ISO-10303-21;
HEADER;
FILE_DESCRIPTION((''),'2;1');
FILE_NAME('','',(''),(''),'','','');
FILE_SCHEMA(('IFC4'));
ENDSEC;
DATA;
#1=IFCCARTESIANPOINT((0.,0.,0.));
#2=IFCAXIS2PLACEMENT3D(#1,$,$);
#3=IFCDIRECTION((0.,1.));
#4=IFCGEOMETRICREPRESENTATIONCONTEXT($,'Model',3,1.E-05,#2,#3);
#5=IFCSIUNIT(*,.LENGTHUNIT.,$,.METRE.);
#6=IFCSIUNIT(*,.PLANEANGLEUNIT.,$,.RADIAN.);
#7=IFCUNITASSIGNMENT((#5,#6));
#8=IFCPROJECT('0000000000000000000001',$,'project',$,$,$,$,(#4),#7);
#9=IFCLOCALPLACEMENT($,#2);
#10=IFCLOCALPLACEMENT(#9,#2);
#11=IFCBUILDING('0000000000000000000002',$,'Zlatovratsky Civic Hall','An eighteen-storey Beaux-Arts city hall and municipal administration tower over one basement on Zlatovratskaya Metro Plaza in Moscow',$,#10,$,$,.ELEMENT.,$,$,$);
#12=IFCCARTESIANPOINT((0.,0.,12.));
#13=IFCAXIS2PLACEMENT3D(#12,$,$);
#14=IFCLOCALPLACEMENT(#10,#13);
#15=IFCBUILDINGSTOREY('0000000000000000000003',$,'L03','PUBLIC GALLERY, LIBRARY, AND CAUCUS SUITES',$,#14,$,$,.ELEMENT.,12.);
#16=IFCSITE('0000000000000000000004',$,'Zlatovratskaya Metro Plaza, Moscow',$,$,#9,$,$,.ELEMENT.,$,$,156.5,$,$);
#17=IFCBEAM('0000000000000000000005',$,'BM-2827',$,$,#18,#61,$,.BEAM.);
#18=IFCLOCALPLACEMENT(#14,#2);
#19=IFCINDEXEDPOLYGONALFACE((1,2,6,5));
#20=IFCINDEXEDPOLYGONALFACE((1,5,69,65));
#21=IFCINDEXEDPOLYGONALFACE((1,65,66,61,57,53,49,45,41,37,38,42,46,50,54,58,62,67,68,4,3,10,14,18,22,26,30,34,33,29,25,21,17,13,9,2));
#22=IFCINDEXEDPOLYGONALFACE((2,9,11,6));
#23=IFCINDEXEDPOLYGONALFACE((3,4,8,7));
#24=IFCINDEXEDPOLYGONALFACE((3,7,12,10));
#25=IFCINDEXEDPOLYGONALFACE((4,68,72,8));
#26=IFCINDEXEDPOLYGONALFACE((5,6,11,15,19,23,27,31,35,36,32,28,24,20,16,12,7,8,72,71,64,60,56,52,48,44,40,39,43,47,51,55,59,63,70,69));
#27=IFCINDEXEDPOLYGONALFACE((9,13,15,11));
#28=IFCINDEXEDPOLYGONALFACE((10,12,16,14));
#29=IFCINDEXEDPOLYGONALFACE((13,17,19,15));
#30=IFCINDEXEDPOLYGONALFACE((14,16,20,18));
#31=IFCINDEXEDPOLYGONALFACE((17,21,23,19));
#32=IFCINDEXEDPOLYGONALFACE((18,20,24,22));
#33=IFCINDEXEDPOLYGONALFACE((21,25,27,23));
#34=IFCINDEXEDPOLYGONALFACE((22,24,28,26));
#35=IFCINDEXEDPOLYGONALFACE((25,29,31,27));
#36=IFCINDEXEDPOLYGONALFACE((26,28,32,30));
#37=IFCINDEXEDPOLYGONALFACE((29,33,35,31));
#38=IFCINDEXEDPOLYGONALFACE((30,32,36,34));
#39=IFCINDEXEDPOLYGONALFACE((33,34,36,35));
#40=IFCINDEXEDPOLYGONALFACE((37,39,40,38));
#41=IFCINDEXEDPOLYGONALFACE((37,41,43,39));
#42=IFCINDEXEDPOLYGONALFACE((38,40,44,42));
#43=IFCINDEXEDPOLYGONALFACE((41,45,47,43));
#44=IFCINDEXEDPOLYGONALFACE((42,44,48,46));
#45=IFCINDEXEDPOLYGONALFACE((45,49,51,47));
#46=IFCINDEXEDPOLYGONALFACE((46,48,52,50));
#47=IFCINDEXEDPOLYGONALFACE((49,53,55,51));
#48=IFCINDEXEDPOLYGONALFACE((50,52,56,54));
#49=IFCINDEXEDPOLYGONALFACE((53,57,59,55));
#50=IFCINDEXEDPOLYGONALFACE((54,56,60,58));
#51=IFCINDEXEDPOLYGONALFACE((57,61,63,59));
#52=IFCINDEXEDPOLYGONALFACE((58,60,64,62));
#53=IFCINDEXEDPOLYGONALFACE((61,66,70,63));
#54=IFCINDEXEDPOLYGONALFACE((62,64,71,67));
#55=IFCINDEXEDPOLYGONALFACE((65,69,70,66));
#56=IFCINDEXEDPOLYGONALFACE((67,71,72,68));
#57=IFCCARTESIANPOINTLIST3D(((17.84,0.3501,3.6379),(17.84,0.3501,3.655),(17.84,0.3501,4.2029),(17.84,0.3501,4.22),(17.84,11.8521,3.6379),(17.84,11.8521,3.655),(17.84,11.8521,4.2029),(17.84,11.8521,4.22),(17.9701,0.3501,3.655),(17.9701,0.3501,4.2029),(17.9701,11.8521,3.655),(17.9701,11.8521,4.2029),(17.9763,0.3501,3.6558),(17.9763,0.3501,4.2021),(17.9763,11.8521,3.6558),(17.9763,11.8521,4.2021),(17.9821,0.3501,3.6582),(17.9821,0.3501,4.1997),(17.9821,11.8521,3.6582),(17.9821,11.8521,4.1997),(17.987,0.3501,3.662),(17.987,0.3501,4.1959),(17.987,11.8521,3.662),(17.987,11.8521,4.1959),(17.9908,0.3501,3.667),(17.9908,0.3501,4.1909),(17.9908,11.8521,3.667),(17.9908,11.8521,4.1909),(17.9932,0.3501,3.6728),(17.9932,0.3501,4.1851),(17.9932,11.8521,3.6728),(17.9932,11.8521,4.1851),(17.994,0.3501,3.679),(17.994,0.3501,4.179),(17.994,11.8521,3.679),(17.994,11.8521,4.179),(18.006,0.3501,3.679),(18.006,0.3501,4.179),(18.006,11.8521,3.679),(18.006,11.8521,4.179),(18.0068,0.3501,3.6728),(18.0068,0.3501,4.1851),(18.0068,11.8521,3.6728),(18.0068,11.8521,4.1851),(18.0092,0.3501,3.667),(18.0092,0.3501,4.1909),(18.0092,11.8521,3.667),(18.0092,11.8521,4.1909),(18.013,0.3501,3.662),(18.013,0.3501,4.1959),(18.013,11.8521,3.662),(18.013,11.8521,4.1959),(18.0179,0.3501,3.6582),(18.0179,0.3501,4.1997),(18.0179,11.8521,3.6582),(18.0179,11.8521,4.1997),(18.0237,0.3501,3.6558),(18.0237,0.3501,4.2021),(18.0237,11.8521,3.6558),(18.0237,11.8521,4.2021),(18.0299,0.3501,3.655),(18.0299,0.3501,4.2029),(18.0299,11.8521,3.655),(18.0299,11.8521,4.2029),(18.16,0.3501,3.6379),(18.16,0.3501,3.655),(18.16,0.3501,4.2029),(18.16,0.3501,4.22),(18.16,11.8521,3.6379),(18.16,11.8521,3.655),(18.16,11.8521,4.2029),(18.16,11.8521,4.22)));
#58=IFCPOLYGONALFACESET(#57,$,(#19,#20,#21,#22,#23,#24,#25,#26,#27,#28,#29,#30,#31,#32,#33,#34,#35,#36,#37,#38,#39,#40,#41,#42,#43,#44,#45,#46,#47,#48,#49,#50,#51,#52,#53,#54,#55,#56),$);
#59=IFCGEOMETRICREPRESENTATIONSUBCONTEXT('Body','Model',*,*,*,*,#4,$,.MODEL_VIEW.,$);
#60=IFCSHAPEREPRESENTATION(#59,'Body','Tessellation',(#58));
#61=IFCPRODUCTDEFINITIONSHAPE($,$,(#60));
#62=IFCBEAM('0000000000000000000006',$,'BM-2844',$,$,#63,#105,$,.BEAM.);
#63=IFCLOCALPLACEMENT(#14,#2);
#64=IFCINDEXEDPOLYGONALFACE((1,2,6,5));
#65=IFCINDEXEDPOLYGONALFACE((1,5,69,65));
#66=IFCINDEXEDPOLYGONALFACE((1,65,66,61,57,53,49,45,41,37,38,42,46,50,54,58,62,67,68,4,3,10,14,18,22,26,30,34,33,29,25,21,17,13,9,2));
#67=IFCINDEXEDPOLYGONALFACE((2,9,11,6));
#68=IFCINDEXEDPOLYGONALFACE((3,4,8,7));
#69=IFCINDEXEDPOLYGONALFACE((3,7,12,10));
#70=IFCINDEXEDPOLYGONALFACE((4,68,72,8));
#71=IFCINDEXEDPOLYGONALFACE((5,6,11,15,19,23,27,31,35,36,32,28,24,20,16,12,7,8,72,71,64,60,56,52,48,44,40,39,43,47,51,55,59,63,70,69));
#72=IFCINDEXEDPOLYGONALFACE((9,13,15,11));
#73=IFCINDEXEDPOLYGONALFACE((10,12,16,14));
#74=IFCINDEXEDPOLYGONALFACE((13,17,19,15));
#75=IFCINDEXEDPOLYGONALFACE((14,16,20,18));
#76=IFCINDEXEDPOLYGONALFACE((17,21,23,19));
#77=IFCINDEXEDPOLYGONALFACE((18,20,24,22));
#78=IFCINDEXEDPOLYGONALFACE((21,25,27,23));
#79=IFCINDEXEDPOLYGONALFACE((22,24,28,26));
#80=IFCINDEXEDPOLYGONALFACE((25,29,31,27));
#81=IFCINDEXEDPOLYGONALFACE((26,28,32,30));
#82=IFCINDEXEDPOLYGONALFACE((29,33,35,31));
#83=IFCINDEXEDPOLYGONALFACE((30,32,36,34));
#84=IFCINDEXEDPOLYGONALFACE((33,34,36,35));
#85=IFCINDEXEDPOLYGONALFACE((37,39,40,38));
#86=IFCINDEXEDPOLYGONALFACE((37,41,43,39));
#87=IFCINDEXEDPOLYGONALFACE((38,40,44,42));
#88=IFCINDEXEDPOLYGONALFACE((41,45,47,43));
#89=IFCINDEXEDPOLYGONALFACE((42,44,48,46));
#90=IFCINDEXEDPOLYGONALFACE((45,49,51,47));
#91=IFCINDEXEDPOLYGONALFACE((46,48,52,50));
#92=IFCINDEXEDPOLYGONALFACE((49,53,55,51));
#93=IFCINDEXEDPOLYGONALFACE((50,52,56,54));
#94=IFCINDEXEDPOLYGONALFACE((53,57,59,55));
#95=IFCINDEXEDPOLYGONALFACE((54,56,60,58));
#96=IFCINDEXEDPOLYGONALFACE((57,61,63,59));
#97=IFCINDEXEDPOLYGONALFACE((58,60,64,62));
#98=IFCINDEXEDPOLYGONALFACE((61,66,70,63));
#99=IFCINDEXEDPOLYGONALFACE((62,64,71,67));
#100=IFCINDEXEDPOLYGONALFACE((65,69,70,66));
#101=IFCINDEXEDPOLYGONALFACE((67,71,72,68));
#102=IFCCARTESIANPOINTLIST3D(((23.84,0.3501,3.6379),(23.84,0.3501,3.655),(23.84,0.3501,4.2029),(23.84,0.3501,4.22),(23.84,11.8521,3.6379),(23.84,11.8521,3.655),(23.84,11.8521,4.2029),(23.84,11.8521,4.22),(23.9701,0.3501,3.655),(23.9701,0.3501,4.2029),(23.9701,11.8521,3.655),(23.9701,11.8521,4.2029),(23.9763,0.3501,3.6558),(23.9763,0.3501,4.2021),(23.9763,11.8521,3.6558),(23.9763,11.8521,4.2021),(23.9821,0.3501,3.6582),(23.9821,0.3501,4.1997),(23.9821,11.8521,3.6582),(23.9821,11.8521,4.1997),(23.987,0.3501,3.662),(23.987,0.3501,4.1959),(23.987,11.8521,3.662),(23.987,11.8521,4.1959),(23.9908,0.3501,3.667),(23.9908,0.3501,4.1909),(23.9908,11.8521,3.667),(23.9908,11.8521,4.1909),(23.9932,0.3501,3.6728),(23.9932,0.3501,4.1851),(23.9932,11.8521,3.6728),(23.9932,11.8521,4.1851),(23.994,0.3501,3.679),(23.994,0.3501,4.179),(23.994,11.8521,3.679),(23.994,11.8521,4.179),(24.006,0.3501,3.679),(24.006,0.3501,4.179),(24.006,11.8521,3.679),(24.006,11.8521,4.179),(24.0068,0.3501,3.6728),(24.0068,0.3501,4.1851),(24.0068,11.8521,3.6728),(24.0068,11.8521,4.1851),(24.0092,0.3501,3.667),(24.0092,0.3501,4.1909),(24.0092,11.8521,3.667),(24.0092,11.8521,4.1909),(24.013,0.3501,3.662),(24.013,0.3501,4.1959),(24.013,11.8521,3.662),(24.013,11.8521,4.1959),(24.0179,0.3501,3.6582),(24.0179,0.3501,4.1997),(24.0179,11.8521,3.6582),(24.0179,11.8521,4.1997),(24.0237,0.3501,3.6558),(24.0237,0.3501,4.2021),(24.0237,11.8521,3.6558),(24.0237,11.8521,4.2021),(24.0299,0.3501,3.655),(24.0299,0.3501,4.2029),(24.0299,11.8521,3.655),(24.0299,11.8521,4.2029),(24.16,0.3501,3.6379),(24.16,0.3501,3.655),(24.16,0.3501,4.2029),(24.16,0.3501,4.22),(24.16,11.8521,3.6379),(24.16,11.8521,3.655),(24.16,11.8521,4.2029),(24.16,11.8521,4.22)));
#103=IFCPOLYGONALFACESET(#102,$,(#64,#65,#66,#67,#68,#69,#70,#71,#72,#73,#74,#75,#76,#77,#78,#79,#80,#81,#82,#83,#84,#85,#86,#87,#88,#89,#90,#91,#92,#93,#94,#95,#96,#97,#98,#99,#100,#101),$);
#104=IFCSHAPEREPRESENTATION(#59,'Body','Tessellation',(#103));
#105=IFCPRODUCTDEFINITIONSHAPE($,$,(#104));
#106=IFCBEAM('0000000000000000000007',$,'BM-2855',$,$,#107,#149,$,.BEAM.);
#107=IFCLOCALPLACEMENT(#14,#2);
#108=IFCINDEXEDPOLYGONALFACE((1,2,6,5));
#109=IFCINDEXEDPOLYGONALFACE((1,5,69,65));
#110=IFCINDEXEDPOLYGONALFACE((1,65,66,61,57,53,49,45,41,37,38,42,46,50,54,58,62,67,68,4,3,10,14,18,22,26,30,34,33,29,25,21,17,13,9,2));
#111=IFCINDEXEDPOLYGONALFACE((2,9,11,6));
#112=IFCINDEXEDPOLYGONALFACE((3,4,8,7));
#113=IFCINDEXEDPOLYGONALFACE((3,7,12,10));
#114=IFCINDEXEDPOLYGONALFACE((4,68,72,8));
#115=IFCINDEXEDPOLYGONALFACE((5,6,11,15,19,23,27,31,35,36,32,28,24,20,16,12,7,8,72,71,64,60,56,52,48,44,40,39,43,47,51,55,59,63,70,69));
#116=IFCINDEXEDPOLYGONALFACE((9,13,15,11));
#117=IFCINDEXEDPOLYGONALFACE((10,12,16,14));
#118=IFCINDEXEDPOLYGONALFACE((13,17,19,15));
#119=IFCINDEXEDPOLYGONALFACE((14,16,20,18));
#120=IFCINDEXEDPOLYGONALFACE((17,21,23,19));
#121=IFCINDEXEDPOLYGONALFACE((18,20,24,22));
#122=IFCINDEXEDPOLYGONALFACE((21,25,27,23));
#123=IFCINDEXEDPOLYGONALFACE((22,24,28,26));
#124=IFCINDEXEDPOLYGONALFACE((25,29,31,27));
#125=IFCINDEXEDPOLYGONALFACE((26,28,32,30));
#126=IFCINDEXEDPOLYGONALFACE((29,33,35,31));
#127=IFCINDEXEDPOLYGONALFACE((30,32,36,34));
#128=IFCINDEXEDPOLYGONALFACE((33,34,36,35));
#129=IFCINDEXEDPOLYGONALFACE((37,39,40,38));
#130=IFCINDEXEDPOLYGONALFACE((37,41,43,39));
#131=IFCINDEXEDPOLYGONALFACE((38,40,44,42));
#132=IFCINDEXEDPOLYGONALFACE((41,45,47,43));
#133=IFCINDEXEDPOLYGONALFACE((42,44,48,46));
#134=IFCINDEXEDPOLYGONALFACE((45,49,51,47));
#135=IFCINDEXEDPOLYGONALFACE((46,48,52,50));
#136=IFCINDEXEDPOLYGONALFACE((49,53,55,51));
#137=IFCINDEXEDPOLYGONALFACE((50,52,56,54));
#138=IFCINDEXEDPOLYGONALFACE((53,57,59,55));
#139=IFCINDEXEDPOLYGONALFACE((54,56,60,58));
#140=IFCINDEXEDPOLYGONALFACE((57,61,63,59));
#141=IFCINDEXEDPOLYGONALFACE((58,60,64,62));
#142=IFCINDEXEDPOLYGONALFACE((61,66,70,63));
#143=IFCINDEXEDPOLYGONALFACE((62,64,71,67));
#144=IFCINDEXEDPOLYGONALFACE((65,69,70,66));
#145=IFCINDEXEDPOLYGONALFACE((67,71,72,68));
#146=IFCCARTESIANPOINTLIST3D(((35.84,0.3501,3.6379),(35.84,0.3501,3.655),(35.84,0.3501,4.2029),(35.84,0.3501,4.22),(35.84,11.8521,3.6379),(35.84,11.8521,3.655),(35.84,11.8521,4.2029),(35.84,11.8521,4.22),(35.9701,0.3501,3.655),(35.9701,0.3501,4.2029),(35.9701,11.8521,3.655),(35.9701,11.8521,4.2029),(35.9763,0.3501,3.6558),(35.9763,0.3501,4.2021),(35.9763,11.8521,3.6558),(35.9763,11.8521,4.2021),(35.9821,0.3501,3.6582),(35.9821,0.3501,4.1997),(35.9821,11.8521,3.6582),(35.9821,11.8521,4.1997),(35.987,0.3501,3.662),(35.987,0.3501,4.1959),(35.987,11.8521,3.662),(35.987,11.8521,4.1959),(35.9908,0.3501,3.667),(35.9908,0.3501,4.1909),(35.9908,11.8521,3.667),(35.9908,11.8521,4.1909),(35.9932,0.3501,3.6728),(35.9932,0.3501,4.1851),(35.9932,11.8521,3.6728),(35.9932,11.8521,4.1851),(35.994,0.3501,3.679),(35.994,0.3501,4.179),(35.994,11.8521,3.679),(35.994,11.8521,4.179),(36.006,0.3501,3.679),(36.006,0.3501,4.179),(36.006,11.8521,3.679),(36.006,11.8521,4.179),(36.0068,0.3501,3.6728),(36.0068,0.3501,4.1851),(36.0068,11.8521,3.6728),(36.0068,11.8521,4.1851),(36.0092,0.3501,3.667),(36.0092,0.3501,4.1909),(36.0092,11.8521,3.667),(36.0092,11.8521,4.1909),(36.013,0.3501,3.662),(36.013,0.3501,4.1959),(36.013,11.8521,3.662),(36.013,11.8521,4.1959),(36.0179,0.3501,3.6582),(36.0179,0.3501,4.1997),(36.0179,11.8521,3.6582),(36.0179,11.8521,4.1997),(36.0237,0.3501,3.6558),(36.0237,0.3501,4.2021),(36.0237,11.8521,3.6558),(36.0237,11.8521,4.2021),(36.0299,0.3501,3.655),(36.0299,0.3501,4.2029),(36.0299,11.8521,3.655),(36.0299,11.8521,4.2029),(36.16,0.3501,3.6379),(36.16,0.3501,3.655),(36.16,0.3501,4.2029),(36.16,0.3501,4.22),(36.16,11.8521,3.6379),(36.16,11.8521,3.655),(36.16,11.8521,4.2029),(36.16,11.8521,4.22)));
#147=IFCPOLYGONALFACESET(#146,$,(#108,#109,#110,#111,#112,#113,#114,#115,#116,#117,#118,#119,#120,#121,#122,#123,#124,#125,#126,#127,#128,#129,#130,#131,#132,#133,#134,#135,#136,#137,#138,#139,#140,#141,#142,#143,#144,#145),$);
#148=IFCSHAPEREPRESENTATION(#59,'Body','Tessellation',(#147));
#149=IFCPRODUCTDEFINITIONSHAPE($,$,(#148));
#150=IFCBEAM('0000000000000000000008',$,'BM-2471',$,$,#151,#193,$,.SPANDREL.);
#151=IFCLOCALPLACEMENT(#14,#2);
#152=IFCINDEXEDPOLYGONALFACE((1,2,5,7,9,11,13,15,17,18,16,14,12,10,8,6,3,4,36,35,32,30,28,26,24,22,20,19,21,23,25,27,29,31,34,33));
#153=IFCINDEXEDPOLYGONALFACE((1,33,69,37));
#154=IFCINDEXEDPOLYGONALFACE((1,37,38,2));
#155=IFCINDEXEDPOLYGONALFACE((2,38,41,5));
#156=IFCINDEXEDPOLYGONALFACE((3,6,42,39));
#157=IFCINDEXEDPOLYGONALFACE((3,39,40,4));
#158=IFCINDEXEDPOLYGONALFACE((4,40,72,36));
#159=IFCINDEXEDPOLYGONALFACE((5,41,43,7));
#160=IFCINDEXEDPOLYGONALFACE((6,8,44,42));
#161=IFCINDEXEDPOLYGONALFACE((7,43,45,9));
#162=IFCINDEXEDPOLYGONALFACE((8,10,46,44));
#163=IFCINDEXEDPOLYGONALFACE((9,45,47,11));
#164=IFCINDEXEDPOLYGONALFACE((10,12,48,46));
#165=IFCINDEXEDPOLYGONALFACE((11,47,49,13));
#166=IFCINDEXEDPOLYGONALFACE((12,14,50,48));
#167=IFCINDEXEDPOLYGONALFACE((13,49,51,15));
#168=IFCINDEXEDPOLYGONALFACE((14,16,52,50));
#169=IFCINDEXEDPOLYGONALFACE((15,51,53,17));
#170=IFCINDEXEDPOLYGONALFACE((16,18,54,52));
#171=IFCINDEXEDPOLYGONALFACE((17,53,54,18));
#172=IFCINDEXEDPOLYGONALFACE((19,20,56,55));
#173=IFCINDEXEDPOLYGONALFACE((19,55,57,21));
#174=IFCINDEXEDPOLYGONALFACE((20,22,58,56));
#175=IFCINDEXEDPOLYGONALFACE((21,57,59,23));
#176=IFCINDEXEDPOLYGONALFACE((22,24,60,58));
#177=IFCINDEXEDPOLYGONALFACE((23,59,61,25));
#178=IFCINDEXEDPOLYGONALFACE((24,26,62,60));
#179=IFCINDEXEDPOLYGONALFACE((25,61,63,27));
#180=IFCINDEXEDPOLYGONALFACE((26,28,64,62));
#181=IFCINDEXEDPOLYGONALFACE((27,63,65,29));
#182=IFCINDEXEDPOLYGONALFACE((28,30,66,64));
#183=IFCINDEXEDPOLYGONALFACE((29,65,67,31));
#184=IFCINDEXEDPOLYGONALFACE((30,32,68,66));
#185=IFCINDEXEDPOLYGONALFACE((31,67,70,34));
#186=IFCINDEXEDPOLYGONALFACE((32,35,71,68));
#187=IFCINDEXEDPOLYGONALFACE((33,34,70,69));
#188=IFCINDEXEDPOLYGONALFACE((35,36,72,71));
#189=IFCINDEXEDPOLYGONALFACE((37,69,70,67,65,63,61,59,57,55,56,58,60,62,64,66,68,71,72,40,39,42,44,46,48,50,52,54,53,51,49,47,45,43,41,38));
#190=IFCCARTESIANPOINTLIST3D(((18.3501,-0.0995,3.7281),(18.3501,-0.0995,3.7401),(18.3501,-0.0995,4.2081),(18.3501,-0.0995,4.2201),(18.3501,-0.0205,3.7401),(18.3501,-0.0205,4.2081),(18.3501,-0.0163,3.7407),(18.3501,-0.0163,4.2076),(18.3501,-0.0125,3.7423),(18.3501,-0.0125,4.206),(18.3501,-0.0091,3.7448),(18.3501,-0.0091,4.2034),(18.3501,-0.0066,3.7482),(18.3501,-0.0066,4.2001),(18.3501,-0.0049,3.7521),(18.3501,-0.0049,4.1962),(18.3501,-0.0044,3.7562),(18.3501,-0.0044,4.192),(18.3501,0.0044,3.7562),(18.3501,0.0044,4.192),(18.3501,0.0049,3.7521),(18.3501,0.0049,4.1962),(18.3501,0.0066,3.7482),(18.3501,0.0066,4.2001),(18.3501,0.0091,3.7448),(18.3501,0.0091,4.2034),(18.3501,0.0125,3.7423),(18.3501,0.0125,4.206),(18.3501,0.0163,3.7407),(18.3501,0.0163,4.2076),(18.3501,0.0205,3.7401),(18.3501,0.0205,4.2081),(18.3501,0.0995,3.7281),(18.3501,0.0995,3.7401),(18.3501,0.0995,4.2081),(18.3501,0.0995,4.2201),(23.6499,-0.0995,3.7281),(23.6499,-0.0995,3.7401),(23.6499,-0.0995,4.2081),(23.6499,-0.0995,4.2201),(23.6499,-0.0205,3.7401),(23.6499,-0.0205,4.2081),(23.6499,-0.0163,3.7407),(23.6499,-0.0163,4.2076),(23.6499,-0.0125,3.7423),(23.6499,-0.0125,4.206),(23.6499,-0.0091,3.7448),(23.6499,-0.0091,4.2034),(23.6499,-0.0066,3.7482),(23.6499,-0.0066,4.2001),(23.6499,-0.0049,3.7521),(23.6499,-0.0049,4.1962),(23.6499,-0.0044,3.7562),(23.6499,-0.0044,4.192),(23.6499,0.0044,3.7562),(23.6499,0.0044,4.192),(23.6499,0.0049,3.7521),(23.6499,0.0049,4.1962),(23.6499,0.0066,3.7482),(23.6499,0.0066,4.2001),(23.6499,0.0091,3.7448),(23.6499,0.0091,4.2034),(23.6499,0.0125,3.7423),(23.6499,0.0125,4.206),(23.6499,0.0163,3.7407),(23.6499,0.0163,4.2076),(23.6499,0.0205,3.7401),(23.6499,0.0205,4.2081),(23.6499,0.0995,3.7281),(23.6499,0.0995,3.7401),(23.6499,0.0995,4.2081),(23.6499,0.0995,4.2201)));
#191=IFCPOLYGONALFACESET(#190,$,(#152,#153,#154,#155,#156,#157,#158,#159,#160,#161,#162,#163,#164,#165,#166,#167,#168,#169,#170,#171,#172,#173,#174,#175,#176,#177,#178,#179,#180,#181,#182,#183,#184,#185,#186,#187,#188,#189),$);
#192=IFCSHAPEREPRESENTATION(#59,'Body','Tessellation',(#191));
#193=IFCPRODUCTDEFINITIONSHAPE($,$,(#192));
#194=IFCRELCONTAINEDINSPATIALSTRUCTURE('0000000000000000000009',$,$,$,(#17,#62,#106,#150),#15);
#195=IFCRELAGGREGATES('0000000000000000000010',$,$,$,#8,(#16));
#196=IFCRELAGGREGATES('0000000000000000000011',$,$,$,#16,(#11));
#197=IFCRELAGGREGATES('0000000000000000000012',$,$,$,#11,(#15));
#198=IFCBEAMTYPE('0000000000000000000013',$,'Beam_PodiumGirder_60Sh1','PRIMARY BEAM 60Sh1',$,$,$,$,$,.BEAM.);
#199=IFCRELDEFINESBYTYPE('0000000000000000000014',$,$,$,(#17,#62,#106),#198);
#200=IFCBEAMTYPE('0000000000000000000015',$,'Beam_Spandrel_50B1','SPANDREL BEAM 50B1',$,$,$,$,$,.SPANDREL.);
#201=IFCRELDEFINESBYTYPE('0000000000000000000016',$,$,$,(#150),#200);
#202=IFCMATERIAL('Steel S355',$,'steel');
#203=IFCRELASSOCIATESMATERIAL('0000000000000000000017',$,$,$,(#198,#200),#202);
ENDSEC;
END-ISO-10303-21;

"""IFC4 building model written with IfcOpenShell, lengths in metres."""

from ifc_helpers import new_model, si_unit, direction, frame, origin, origin_2d, place, context, subcontext, project, spatial, i_section, extrude, material, material_profile, profile_set, type_object, element, save


model = new_model("IFC4")

# Units and contexts
model_context = context("Model", 3, precision=1e-05, world=origin(), true_north=direction((0.0, 1.0)))
body_context = subcontext(model_context, "Body", "Model", "MODEL_VIEW")
ifc_project = project(units=[si_unit("LENGTHUNIT", "METRE"), si_unit("PLANEANGLEUNIT", "RADIAN")], contexts=[model_context])

# Site, building, storey
site_placement = place(None, origin())
site = spatial("IfcSite", under=ifc_project, at=site_placement, Name="Zlatovratskaya Metro Plaza, Moscow", CompositionType="ELEMENT", RefElevation=156.5)
building_placement = place(site_placement, origin())
building = spatial("IfcBuilding", under=site, at=building_placement, Name="Zlatovratsky Civic Hall", Description="An eighteen-storey Beaux-Arts city hall and municipal administration tower over one basement on Zlatovratskaya Metro Plaza in Moscow", CompositionType="ELEMENT")
storey_placement = place(building_placement, frame((0.0, 0.0, 12.0)))
storey = spatial("IfcBuildingStorey", under=building, at=storey_placement, Name="L03", Description="PUBLIC GALLERY, LIBRARY, AND CAUCUS SUITES", CompositionType="ELEMENT", Elevation=12.0)

# Shared definitions
ifc_material_1 = material(Name="Steel S355", Category="steel")

# Beams
ifc_material_profile_1 = material_profile(ifc_material_1, i_section(OverallWidth=0.3201, OverallDepth=0.582, WebThickness=0.012, FlangeThickness=0.0171, FilletRadius=0.0239, at=origin_2d()), Name="60Sh1")
ifc_profile_set_1 = profile_set([ifc_material_profile_1], Name="Steel S355")
beam_type_1 = type_object("IfcBeamType", Name="Beam_PodiumGirder_60Sh1", Description="PRIMARY BEAM 60Sh1", PredefinedType="BEAM", material=ifc_profile_set_1)
for number, where, z_axis, x_axis, name in (
    (1, (18.0, 0.3501, 3.929), (0.0, 1.0, 0.0), (-1.0, 0.0, 0.0), "BM-2827"),
    (2, (24.0, 0.3501, 3.929), (0.0, 1.0, 0.0), (-1.0, 0.0, 0.0), "BM-2844"),
    (3, (36.0, 0.3501, 3.929), (0.0, 1.0, 0.0), (-1.0, 0.0, 0.0), "BM-2855"),
):
    element("IfcBeam", number, at=place(storey_placement, frame(where, z_axis=z_axis, x_axis=x_axis)), inside=storey, type_object=beam_type_1, Name=name, PredefinedType="BEAM", context=body_context, shape_type="SweptSolid", body=[
        extrude(i_section(OverallWidth=0.3201, OverallDepth=0.582, WebThickness=0.012, FlangeThickness=0.0171, FilletRadius=0.0239, at=origin_2d()), origin(), (0.0, 0.0, 1.0), 11.502),
    ])
ifc_material_profile_2 = material_profile(ifc_material_1, i_section(OverallWidth=0.199, OverallDepth=0.4919, WebThickness=0.0088, FlangeThickness=0.012, FilletRadius=0.0161, at=origin_2d()), Name="50B1")
ifc_profile_set_2 = profile_set([ifc_material_profile_2], Name="Steel S355")
beam_type_2 = type_object("IfcBeamType", Name="Beam_Spandrel_50B1", Description="SPANDREL BEAM 50B1", PredefinedType="SPANDREL", material=ifc_profile_set_2)
beam_1_placement = place(storey_placement, frame((18.3501, 0.0, 3.9741), z_axis=(1.0, 0.0, 0.0), x_axis=(0.0, 1.0, 0.0)))
element("IfcBeam", 4, at=beam_1_placement, inside=storey, type_object=beam_type_2, Name="BM-2471", PredefinedType="SPANDREL", context=body_context, shape_type="SweptSolid", body=[
    extrude(i_section(OverallWidth=0.199, OverallDepth=0.4919, WebThickness=0.0088, FlangeThickness=0.012, FilletRadius=0.0161, at=origin_2d()), origin(), (0.0, 0.0, 1.0), 5.2998),
])

save(model, "model.ifc")
